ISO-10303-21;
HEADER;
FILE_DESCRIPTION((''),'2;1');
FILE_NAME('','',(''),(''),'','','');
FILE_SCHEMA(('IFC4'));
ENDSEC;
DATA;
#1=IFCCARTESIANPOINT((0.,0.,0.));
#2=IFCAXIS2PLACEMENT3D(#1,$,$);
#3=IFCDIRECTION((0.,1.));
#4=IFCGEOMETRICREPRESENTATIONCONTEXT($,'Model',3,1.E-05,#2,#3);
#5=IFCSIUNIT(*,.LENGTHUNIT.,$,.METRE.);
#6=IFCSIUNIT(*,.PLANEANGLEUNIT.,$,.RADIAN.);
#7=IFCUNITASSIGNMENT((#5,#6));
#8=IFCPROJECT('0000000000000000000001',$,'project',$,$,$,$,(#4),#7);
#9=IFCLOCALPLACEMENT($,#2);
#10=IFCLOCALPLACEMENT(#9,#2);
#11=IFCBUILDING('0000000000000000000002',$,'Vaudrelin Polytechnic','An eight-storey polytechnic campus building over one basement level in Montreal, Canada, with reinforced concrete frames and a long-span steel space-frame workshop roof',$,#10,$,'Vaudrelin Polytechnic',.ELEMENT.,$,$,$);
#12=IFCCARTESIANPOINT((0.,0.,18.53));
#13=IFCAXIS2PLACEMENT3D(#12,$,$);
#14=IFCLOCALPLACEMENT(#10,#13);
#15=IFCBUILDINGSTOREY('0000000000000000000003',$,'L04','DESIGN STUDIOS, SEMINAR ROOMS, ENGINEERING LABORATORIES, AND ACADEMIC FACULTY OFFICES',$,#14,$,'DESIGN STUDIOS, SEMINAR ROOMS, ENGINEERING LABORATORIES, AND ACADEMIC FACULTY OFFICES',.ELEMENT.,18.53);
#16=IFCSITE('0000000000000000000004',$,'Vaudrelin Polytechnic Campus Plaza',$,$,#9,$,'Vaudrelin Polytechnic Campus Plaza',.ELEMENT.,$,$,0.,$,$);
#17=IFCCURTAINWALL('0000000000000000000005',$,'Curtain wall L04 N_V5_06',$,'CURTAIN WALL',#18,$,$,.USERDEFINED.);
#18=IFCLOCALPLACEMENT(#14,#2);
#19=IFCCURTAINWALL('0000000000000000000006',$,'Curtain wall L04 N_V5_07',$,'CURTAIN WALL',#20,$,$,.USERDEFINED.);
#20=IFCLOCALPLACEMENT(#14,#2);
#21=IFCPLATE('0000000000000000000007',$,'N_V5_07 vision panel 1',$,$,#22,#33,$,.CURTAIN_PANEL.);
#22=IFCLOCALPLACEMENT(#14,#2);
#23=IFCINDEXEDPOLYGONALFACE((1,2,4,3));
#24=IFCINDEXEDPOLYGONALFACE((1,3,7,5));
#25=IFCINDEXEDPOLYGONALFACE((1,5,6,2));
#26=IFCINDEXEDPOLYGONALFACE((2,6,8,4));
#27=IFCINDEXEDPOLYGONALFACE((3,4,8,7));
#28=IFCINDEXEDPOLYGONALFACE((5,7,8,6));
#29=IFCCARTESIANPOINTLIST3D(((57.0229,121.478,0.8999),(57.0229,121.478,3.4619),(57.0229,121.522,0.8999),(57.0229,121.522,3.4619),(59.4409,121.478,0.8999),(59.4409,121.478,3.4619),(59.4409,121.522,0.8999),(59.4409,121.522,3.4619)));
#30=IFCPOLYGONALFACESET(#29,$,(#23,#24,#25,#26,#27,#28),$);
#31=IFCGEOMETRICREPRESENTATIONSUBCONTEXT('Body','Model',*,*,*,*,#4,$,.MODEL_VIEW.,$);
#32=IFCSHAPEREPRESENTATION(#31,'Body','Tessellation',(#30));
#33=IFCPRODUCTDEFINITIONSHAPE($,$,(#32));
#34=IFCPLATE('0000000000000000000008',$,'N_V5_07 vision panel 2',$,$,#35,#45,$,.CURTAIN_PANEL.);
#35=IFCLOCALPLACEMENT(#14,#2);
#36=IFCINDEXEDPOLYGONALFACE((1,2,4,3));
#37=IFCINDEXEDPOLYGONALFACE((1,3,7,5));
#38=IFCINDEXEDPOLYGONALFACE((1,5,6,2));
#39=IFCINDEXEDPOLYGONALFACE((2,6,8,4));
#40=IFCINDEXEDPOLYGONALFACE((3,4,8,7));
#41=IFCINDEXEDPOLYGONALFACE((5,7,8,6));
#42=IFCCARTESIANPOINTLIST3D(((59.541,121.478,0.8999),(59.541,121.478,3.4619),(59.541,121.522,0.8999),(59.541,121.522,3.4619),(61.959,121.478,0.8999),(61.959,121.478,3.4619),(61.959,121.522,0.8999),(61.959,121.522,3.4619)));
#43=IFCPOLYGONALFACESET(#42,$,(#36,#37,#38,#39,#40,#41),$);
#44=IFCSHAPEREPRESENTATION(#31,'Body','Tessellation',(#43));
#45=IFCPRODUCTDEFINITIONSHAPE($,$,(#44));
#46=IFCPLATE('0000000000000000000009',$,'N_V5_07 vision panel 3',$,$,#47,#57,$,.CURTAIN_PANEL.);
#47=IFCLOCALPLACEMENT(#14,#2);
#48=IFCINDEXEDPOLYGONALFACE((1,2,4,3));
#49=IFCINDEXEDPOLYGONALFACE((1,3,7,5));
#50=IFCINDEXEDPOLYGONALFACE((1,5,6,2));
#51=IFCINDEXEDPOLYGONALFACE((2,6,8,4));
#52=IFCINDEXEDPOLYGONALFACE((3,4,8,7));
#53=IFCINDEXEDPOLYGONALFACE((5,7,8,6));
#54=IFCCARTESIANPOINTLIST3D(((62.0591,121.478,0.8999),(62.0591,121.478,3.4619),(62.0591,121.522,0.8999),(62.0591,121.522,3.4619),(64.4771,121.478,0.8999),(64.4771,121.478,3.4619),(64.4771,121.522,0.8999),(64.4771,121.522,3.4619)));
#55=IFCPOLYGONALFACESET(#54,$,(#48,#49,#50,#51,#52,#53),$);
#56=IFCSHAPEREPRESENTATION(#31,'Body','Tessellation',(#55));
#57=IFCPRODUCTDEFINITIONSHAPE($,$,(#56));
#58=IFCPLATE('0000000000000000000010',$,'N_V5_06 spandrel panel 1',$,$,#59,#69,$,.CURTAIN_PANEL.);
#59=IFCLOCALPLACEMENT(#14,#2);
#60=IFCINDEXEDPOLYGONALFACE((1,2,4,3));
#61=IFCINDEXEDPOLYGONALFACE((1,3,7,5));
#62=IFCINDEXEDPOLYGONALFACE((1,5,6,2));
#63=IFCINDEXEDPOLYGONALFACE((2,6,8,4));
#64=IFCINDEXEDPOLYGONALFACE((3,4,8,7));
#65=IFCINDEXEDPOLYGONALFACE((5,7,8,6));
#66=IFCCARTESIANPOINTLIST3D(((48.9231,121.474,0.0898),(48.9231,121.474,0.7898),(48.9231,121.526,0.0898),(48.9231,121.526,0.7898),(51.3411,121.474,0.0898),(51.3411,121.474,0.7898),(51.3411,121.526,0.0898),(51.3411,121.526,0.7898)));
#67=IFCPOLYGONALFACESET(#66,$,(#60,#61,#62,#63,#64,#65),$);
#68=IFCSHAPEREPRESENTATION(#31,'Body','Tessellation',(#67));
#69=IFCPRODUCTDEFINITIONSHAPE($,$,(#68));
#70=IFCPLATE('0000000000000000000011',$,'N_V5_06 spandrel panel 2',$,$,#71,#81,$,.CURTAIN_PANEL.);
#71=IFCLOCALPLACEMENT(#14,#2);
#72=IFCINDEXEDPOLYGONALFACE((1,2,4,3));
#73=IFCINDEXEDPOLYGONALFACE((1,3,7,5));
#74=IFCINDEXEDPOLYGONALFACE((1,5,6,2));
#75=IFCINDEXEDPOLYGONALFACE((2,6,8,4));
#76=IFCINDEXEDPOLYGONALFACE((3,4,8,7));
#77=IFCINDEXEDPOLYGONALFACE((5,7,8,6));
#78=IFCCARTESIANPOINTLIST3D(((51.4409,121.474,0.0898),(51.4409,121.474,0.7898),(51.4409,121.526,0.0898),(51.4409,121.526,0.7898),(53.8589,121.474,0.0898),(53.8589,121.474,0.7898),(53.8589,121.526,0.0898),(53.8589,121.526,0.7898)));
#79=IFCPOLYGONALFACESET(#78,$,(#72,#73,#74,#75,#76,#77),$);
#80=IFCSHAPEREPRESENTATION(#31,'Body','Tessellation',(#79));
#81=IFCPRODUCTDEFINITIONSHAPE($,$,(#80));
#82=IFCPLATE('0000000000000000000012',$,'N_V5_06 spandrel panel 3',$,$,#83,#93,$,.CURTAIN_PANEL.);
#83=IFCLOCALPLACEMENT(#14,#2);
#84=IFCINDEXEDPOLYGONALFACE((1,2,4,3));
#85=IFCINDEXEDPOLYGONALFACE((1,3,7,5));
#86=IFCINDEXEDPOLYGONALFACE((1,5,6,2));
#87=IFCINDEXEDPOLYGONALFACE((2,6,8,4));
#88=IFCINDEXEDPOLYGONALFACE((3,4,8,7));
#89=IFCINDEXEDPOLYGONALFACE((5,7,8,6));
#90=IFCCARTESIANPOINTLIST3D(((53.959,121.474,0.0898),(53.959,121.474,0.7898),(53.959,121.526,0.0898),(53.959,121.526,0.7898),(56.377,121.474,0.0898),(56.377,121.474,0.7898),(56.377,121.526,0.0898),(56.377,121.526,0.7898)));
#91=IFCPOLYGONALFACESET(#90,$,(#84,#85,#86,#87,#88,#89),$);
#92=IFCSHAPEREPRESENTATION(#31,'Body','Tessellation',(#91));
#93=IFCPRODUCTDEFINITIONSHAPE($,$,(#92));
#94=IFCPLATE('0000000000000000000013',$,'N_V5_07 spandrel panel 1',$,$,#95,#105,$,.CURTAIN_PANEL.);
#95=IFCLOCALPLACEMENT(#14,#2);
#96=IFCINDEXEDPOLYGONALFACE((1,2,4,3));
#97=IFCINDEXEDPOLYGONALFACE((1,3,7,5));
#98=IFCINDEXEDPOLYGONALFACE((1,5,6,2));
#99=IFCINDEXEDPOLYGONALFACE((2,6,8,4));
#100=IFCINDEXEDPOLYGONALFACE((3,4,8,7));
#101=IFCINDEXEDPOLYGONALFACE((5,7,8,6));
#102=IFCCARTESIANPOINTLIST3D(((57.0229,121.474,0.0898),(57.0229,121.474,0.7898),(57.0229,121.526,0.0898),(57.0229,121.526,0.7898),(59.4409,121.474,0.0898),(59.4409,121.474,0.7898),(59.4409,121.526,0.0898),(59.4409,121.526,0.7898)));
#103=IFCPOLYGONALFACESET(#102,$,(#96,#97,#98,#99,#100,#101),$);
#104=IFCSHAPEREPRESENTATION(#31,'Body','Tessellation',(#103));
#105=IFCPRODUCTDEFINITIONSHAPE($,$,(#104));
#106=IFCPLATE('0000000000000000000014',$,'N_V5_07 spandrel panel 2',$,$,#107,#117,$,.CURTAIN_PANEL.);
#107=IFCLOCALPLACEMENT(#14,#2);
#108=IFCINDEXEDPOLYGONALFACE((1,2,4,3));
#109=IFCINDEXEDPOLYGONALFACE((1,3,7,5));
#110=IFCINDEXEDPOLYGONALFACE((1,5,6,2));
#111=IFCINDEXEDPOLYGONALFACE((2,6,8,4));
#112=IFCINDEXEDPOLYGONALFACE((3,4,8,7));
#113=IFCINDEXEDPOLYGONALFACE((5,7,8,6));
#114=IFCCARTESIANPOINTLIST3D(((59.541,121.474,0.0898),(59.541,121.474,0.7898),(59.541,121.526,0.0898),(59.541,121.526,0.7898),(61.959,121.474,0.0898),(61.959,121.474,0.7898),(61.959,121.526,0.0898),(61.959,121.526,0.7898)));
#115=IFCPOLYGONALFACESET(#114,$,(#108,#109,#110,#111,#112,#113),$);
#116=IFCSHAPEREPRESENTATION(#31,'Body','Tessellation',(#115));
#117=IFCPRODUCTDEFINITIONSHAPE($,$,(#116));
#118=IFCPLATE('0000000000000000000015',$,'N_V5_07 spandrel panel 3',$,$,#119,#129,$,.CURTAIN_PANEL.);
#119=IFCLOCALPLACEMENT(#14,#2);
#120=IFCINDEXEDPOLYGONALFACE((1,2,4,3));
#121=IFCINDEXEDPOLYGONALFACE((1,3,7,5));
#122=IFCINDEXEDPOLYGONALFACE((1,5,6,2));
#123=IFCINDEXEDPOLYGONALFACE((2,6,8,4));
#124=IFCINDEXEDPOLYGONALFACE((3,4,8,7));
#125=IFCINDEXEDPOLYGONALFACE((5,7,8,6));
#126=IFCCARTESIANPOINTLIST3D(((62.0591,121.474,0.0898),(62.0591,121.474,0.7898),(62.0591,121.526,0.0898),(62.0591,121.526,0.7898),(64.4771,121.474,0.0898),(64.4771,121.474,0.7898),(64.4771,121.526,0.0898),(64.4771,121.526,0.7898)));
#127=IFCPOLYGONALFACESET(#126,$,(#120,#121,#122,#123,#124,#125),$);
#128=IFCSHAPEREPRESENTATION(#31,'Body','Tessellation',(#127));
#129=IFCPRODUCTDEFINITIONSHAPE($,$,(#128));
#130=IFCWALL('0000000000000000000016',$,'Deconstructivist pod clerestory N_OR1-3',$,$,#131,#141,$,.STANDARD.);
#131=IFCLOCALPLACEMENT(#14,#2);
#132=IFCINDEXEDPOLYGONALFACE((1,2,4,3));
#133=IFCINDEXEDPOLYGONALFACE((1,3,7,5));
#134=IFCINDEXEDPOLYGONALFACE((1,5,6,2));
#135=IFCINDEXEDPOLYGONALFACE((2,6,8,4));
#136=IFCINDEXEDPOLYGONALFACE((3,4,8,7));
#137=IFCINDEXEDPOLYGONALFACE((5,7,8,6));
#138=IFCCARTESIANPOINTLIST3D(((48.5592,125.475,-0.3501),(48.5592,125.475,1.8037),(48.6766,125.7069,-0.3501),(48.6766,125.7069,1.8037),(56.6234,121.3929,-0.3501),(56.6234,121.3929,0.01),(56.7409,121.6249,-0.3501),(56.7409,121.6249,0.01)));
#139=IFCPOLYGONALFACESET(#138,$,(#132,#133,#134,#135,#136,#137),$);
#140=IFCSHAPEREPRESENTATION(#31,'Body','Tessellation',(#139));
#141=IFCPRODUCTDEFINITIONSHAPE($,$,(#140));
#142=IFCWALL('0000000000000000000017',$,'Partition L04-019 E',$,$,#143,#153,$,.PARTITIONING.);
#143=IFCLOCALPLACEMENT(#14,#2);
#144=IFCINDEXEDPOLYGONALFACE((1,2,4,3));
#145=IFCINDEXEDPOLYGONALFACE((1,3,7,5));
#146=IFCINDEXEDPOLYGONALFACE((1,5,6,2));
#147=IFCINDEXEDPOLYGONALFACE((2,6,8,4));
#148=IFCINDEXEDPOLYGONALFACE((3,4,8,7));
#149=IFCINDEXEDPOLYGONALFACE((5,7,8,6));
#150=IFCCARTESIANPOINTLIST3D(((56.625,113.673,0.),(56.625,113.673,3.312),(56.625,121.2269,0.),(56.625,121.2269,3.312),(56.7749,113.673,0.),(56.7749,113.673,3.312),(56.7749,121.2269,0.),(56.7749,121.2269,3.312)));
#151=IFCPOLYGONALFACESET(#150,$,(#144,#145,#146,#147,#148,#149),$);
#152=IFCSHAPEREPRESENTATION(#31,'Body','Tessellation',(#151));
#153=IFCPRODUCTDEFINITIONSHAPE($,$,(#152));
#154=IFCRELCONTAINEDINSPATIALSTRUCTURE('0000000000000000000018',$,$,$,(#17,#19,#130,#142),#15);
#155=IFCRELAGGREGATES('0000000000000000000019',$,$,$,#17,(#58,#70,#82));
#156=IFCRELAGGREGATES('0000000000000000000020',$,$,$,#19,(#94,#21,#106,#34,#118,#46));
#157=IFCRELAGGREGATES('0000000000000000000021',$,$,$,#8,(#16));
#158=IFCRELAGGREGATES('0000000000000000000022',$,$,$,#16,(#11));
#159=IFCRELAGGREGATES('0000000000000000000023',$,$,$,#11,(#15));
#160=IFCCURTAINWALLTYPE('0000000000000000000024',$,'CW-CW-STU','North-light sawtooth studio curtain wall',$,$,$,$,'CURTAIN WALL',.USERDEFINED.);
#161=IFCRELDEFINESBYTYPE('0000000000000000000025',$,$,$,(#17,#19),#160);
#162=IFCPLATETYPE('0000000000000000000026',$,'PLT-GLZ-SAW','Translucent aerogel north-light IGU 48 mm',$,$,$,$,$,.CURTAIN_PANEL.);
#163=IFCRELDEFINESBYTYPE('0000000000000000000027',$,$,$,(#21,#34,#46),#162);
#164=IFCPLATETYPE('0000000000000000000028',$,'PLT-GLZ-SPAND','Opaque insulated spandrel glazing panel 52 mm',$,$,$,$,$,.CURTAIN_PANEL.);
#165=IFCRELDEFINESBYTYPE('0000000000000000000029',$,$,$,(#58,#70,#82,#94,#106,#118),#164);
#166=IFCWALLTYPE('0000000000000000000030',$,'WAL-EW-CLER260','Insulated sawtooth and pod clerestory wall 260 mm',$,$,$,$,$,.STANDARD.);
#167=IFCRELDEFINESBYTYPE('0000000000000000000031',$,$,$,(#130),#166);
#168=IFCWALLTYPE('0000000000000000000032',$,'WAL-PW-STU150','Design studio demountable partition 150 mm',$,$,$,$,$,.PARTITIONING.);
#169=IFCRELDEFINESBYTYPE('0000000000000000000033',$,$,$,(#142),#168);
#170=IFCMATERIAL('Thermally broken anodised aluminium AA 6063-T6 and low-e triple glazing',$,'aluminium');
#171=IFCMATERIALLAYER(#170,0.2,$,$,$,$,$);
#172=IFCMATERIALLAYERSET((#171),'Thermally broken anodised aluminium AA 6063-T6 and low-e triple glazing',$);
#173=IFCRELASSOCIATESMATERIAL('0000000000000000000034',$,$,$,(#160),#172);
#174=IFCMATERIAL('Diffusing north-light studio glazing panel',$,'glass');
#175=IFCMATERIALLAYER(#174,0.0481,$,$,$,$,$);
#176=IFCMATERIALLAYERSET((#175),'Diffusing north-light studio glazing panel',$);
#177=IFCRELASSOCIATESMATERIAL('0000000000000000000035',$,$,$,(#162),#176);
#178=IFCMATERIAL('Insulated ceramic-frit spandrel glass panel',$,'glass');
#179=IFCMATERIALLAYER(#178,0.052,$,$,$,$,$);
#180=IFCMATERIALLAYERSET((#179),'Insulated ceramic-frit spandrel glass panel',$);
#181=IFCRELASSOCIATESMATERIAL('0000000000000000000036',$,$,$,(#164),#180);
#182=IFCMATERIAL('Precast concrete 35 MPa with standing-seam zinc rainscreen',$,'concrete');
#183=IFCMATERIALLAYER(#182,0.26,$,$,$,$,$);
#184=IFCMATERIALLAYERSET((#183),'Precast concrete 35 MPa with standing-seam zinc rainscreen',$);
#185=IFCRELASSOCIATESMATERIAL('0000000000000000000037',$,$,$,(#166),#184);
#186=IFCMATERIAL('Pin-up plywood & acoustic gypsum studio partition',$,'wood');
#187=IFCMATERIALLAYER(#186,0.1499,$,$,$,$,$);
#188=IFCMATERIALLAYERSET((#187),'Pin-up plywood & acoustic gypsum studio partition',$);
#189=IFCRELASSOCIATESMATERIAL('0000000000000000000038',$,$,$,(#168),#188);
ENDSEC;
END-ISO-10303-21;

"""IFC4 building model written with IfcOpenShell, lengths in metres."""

from ifc_helpers import new_model, si_unit, direction, frame, frame_2d, origin, origin_2d, place, context, subcontext, project, spatial, polyline, rectangle, outline, extrude, material, layer, layer_set, type_object, element, aggregate, save


model = new_model("IFC4")

# Units and contexts
model_context = context("Model", 3, precision=1e-05, world=origin(), true_north=direction((0.0, 1.0)))
body_context = subcontext(model_context, "Body", "Model", "MODEL_VIEW")
ifc_project = project(units=[si_unit("LENGTHUNIT", "METRE"), si_unit("PLANEANGLEUNIT", "RADIAN")], contexts=[model_context])

# Site, building, storey
site_placement = place(None, origin())
site = spatial("IfcSite", under=ifc_project, at=site_placement, Name="Vaudrelin Polytechnic Campus Plaza", LongName="Vaudrelin Polytechnic Campus Plaza", CompositionType="ELEMENT", RefElevation=0.0)
building_placement = place(site_placement, origin())
building = spatial("IfcBuilding", under=site, at=building_placement, Name="Vaudrelin Polytechnic", Description="An eight-storey polytechnic campus building over one basement level in Montreal, Canada, with reinforced concrete frames and a long-span steel space-frame workshop roof", LongName="Vaudrelin Polytechnic", CompositionType="ELEMENT")
storey_placement = place(building_placement, frame((0.0, 0.0, 18.53)))
storey = spatial("IfcBuildingStorey", under=building, at=storey_placement, Name="L04", Description="DESIGN STUDIOS, SEMINAR ROOMS, ENGINEERING LABORATORIES, AND ACADEMIC FACULTY OFFICES", LongName="DESIGN STUDIOS, SEMINAR ROOMS, ENGINEERING LABORATORIES, AND ACADEMIC FACULTY OFFICES", CompositionType="ELEMENT", Elevation=18.53)

# Curtain walls
ifc_material_1 = material(Name="Thermally broken anodised aluminium AA 6063-T6 and low-e triple glazing", Category="aluminium")
ifc_layer_1 = layer(ifc_material_1, 0.2)
ifc_layer_set_1 = layer_set([ifc_layer_1], Name="Thermally broken anodised aluminium AA 6063-T6 and low-e triple glazing")
curtain_wall_type = type_object("IfcCurtainWallType", Name="CW-CW-STU", Description="North-light sawtooth studio curtain wall", ElementType="CURTAIN WALL", PredefinedType="USERDEFINED", material=ifc_layer_set_1)
curtain_wall_1_placement = place(storey_placement, origin())
curtain_wall_1 = element("IfcCurtainWall", 1, at=curtain_wall_1_placement, inside=storey, type_object=curtain_wall_type, Name="Curtain wall L04 N_V5_06", ObjectType="CURTAIN WALL", PredefinedType="USERDEFINED")
curtain_wall_2_placement = place(storey_placement, origin())
curtain_wall_2 = element("IfcCurtainWall", 2, at=curtain_wall_2_placement, inside=storey, type_object=curtain_wall_type, Name="Curtain wall L04 N_V5_07", ObjectType="CURTAIN WALL", PredefinedType="USERDEFINED")

# Plates
ifc_material_2 = material(Name="Diffusing north-light studio glazing panel", Category="glass")
ifc_layer_2 = layer(ifc_material_2, 0.0481)
ifc_layer_set_2 = layer_set([ifc_layer_2], Name="Diffusing north-light studio glazing panel")
plate_type_1 = type_object("IfcPlateType", Name="PLT-GLZ-SAW", Description="Translucent aerogel north-light IGU 48 mm", PredefinedType="CURTAIN_PANEL", material=ifc_layer_set_2)
plate_1_placement = place(storey_placement, frame((58.2319, 121.5, 0.8999), z_axis=(0.0, 0.0, 1.0), x_axis=(1.0, 0.0, 0.0)))
plate_1 = element("IfcPlate", 3, at=plate_1_placement, type_object=plate_type_1, Name="N_V5_07 vision panel 1", PredefinedType="CURTAIN_PANEL", context=body_context, shape_type="SweptSolid", body=[
    extrude(rectangle(XDim=2.418, YDim=0.0439, at=origin_2d()), origin(), (0.0, 0.0, 1.0), 2.562),
])
plate_2_placement = place(storey_placement, frame((60.75, 121.5, 0.8999), z_axis=(0.0, 0.0, 1.0), x_axis=(1.0, 0.0, 0.0)))
plate_2 = element("IfcPlate", 4, at=plate_2_placement, type_object=plate_type_1, Name="N_V5_07 vision panel 2", PredefinedType="CURTAIN_PANEL", context=body_context, shape_type="SweptSolid", body=[
    extrude(rectangle(XDim=2.418, YDim=0.0439, at=origin_2d()), origin(), (0.0, 0.0, 1.0), 2.562),
])
plate_3_placement = place(storey_placement, frame((63.2681, 121.5, 0.8999), z_axis=(0.0, 0.0, 1.0), x_axis=(1.0, 0.0, 0.0)))
plate_3 = element("IfcPlate", 5, at=plate_3_placement, type_object=plate_type_1, Name="N_V5_07 vision panel 3", PredefinedType="CURTAIN_PANEL", context=body_context, shape_type="SweptSolid", body=[
    extrude(rectangle(XDim=2.418, YDim=0.0439, at=origin_2d()), origin(), (0.0, 0.0, 1.0), 2.562),
])
ifc_material_3 = material(Name="Insulated ceramic-frit spandrel glass panel", Category="glass")
ifc_layer_3 = layer(ifc_material_3, 0.052)
ifc_layer_set_3 = layer_set([ifc_layer_3], Name="Insulated ceramic-frit spandrel glass panel")
plate_type_2 = type_object("IfcPlateType", Name="PLT-GLZ-SPAND", Description="Opaque insulated spandrel glazing panel 52 mm", PredefinedType="CURTAIN_PANEL", material=ifc_layer_set_3)
plate_4_placement = place(storey_placement, frame((50.1321, 121.5, 0.0898), z_axis=(0.0, 0.0, 1.0), x_axis=(1.0, 0.0, 0.0)))
plate_4 = element("IfcPlate", 6, at=plate_4_placement, type_object=plate_type_2, Name="N_V5_06 spandrel panel 1", PredefinedType="CURTAIN_PANEL", context=body_context, shape_type="SweptSolid", body=[
    extrude(rectangle(XDim=2.418, YDim=0.052, at=origin_2d()), origin(), (0.0, 0.0, 1.0), 0.7),
])
plate_5_placement = place(storey_placement, frame((52.6499, 121.5, 0.0898), z_axis=(0.0, 0.0, 1.0), x_axis=(1.0, 0.0, 0.0)))
plate_5 = element("IfcPlate", 7, at=plate_5_placement, type_object=plate_type_2, Name="N_V5_06 spandrel panel 2", PredefinedType="CURTAIN_PANEL", context=body_context, shape_type="SweptSolid", body=[
    extrude(rectangle(XDim=2.418, YDim=0.052, at=origin_2d()), origin(), (0.0, 0.0, 1.0), 0.7),
])
plate_6_placement = place(storey_placement, frame((55.168, 121.5, 0.0898), z_axis=(0.0, 0.0, 1.0), x_axis=(1.0, 0.0, 0.0)))
plate_6 = element("IfcPlate", 8, at=plate_6_placement, type_object=plate_type_2, Name="N_V5_06 spandrel panel 3", PredefinedType="CURTAIN_PANEL", context=body_context, shape_type="SweptSolid", body=[
    extrude(rectangle(XDim=2.418, YDim=0.052, at=origin_2d()), origin(), (0.0, 0.0, 1.0), 0.7),
])
aggregate(curtain_wall_1, [plate_4, plate_5, plate_6])
plate_7_placement = place(storey_placement, frame((58.2319, 121.5, 0.0898), z_axis=(0.0, 0.0, 1.0), x_axis=(1.0, 0.0, 0.0)))
plate_7 = element("IfcPlate", 9, at=plate_7_placement, type_object=plate_type_2, Name="N_V5_07 spandrel panel 1", PredefinedType="CURTAIN_PANEL", context=body_context, shape_type="SweptSolid", body=[
    extrude(rectangle(XDim=2.418, YDim=0.052, at=origin_2d()), origin(), (0.0, 0.0, 1.0), 0.7),
])
plate_8_placement = place(storey_placement, frame((60.75, 121.5, 0.0898), z_axis=(0.0, 0.0, 1.0), x_axis=(1.0, 0.0, 0.0)))
plate_8 = element("IfcPlate", 10, at=plate_8_placement, type_object=plate_type_2, Name="N_V5_07 spandrel panel 2", PredefinedType="CURTAIN_PANEL", context=body_context, shape_type="SweptSolid", body=[
    extrude(rectangle(XDim=2.418, YDim=0.052, at=origin_2d()), origin(), (0.0, 0.0, 1.0), 0.7),
])
plate_9_placement = place(storey_placement, frame((63.2681, 121.5, 0.0898), z_axis=(0.0, 0.0, 1.0), x_axis=(1.0, 0.0, 0.0)))
plate_9 = element("IfcPlate", 11, at=plate_9_placement, type_object=plate_type_2, Name="N_V5_07 spandrel panel 3", PredefinedType="CURTAIN_PANEL", context=body_context, shape_type="SweptSolid", body=[
    extrude(rectangle(XDim=2.418, YDim=0.052, at=origin_2d()), origin(), (0.0, 0.0, 1.0), 0.7),
])
aggregate(curtain_wall_2, [plate_7, plate_1, plate_8, plate_2, plate_9, plate_3])

# Walls
ifc_material_4 = material(Name="Precast concrete 35 MPa with standing-seam zinc rainscreen", Category="concrete")
ifc_layer_4 = layer(ifc_material_4, 0.26)
ifc_layer_set_4 = layer_set([ifc_layer_4], Name="Precast concrete 35 MPa with standing-seam zinc rainscreen")
wall_type_1 = type_object("IfcWallType", Name="WAL-EW-CLER260", Description="Insulated sawtooth and pod clerestory wall 260 mm", PredefinedType="STANDARD", material=ifc_layer_set_4)
wall_1_placement = place(storey_placement, frame((48.6179, 125.5911, -0.3501), z_axis=(0.0, 0.0, 1.0), x_axis=(0.892207, -0.451627, 0.0)))
element("IfcWall", 12, at=wall_1_placement, inside=storey, type_object=wall_type_1, Name="Deconstructivist pod clerestory N_OR1-3", PredefinedType="STANDARD", context=body_context, shape_type="SweptSolid", body=[
    extrude(outline(polyline([(0.0, 0.0), (9.0386, 0.0), (9.0386, 0.3601), (0.0, 2.1538), (0.0, 0.0)])), frame((0.0, 0.1299, 0.0), z_axis=(0.0, -1.0, 0.0), x_axis=(1.0, 0.0, 0.0)), (0.0, 0.0, 1.0), 0.26),
])
ifc_material_5 = material(Name="Pin-up plywood & acoustic gypsum studio partition", Category="wood")
ifc_layer_5 = layer(ifc_material_5, 0.1499)
ifc_layer_set_5 = layer_set([ifc_layer_5], Name="Pin-up plywood & acoustic gypsum studio partition")
wall_type_2 = type_object("IfcWallType", Name="WAL-PW-STU150", Description="Design studio demountable partition 150 mm", PredefinedType="PARTITIONING", material=ifc_layer_set_5)
wall_2_placement = place(storey_placement, frame((56.7, 113.6731, 0.0), z_axis=(0.0, 0.0, 1.0), x_axis=(0.0, 1.0, 0.0)))
element("IfcWall", 13, at=wall_2_placement, inside=storey, type_object=wall_type_2, Name="Partition L04-019 E", PredefinedType="PARTITIONING", context=body_context, shape_type="SweptSolid", body=[
    extrude(rectangle(XDim=7.554, YDim=0.1499, at=frame_2d((3.7769, 0.0))), origin(), (0.0, 0.0, 1.0), 3.312),
])

save(model, "model.ifc")
